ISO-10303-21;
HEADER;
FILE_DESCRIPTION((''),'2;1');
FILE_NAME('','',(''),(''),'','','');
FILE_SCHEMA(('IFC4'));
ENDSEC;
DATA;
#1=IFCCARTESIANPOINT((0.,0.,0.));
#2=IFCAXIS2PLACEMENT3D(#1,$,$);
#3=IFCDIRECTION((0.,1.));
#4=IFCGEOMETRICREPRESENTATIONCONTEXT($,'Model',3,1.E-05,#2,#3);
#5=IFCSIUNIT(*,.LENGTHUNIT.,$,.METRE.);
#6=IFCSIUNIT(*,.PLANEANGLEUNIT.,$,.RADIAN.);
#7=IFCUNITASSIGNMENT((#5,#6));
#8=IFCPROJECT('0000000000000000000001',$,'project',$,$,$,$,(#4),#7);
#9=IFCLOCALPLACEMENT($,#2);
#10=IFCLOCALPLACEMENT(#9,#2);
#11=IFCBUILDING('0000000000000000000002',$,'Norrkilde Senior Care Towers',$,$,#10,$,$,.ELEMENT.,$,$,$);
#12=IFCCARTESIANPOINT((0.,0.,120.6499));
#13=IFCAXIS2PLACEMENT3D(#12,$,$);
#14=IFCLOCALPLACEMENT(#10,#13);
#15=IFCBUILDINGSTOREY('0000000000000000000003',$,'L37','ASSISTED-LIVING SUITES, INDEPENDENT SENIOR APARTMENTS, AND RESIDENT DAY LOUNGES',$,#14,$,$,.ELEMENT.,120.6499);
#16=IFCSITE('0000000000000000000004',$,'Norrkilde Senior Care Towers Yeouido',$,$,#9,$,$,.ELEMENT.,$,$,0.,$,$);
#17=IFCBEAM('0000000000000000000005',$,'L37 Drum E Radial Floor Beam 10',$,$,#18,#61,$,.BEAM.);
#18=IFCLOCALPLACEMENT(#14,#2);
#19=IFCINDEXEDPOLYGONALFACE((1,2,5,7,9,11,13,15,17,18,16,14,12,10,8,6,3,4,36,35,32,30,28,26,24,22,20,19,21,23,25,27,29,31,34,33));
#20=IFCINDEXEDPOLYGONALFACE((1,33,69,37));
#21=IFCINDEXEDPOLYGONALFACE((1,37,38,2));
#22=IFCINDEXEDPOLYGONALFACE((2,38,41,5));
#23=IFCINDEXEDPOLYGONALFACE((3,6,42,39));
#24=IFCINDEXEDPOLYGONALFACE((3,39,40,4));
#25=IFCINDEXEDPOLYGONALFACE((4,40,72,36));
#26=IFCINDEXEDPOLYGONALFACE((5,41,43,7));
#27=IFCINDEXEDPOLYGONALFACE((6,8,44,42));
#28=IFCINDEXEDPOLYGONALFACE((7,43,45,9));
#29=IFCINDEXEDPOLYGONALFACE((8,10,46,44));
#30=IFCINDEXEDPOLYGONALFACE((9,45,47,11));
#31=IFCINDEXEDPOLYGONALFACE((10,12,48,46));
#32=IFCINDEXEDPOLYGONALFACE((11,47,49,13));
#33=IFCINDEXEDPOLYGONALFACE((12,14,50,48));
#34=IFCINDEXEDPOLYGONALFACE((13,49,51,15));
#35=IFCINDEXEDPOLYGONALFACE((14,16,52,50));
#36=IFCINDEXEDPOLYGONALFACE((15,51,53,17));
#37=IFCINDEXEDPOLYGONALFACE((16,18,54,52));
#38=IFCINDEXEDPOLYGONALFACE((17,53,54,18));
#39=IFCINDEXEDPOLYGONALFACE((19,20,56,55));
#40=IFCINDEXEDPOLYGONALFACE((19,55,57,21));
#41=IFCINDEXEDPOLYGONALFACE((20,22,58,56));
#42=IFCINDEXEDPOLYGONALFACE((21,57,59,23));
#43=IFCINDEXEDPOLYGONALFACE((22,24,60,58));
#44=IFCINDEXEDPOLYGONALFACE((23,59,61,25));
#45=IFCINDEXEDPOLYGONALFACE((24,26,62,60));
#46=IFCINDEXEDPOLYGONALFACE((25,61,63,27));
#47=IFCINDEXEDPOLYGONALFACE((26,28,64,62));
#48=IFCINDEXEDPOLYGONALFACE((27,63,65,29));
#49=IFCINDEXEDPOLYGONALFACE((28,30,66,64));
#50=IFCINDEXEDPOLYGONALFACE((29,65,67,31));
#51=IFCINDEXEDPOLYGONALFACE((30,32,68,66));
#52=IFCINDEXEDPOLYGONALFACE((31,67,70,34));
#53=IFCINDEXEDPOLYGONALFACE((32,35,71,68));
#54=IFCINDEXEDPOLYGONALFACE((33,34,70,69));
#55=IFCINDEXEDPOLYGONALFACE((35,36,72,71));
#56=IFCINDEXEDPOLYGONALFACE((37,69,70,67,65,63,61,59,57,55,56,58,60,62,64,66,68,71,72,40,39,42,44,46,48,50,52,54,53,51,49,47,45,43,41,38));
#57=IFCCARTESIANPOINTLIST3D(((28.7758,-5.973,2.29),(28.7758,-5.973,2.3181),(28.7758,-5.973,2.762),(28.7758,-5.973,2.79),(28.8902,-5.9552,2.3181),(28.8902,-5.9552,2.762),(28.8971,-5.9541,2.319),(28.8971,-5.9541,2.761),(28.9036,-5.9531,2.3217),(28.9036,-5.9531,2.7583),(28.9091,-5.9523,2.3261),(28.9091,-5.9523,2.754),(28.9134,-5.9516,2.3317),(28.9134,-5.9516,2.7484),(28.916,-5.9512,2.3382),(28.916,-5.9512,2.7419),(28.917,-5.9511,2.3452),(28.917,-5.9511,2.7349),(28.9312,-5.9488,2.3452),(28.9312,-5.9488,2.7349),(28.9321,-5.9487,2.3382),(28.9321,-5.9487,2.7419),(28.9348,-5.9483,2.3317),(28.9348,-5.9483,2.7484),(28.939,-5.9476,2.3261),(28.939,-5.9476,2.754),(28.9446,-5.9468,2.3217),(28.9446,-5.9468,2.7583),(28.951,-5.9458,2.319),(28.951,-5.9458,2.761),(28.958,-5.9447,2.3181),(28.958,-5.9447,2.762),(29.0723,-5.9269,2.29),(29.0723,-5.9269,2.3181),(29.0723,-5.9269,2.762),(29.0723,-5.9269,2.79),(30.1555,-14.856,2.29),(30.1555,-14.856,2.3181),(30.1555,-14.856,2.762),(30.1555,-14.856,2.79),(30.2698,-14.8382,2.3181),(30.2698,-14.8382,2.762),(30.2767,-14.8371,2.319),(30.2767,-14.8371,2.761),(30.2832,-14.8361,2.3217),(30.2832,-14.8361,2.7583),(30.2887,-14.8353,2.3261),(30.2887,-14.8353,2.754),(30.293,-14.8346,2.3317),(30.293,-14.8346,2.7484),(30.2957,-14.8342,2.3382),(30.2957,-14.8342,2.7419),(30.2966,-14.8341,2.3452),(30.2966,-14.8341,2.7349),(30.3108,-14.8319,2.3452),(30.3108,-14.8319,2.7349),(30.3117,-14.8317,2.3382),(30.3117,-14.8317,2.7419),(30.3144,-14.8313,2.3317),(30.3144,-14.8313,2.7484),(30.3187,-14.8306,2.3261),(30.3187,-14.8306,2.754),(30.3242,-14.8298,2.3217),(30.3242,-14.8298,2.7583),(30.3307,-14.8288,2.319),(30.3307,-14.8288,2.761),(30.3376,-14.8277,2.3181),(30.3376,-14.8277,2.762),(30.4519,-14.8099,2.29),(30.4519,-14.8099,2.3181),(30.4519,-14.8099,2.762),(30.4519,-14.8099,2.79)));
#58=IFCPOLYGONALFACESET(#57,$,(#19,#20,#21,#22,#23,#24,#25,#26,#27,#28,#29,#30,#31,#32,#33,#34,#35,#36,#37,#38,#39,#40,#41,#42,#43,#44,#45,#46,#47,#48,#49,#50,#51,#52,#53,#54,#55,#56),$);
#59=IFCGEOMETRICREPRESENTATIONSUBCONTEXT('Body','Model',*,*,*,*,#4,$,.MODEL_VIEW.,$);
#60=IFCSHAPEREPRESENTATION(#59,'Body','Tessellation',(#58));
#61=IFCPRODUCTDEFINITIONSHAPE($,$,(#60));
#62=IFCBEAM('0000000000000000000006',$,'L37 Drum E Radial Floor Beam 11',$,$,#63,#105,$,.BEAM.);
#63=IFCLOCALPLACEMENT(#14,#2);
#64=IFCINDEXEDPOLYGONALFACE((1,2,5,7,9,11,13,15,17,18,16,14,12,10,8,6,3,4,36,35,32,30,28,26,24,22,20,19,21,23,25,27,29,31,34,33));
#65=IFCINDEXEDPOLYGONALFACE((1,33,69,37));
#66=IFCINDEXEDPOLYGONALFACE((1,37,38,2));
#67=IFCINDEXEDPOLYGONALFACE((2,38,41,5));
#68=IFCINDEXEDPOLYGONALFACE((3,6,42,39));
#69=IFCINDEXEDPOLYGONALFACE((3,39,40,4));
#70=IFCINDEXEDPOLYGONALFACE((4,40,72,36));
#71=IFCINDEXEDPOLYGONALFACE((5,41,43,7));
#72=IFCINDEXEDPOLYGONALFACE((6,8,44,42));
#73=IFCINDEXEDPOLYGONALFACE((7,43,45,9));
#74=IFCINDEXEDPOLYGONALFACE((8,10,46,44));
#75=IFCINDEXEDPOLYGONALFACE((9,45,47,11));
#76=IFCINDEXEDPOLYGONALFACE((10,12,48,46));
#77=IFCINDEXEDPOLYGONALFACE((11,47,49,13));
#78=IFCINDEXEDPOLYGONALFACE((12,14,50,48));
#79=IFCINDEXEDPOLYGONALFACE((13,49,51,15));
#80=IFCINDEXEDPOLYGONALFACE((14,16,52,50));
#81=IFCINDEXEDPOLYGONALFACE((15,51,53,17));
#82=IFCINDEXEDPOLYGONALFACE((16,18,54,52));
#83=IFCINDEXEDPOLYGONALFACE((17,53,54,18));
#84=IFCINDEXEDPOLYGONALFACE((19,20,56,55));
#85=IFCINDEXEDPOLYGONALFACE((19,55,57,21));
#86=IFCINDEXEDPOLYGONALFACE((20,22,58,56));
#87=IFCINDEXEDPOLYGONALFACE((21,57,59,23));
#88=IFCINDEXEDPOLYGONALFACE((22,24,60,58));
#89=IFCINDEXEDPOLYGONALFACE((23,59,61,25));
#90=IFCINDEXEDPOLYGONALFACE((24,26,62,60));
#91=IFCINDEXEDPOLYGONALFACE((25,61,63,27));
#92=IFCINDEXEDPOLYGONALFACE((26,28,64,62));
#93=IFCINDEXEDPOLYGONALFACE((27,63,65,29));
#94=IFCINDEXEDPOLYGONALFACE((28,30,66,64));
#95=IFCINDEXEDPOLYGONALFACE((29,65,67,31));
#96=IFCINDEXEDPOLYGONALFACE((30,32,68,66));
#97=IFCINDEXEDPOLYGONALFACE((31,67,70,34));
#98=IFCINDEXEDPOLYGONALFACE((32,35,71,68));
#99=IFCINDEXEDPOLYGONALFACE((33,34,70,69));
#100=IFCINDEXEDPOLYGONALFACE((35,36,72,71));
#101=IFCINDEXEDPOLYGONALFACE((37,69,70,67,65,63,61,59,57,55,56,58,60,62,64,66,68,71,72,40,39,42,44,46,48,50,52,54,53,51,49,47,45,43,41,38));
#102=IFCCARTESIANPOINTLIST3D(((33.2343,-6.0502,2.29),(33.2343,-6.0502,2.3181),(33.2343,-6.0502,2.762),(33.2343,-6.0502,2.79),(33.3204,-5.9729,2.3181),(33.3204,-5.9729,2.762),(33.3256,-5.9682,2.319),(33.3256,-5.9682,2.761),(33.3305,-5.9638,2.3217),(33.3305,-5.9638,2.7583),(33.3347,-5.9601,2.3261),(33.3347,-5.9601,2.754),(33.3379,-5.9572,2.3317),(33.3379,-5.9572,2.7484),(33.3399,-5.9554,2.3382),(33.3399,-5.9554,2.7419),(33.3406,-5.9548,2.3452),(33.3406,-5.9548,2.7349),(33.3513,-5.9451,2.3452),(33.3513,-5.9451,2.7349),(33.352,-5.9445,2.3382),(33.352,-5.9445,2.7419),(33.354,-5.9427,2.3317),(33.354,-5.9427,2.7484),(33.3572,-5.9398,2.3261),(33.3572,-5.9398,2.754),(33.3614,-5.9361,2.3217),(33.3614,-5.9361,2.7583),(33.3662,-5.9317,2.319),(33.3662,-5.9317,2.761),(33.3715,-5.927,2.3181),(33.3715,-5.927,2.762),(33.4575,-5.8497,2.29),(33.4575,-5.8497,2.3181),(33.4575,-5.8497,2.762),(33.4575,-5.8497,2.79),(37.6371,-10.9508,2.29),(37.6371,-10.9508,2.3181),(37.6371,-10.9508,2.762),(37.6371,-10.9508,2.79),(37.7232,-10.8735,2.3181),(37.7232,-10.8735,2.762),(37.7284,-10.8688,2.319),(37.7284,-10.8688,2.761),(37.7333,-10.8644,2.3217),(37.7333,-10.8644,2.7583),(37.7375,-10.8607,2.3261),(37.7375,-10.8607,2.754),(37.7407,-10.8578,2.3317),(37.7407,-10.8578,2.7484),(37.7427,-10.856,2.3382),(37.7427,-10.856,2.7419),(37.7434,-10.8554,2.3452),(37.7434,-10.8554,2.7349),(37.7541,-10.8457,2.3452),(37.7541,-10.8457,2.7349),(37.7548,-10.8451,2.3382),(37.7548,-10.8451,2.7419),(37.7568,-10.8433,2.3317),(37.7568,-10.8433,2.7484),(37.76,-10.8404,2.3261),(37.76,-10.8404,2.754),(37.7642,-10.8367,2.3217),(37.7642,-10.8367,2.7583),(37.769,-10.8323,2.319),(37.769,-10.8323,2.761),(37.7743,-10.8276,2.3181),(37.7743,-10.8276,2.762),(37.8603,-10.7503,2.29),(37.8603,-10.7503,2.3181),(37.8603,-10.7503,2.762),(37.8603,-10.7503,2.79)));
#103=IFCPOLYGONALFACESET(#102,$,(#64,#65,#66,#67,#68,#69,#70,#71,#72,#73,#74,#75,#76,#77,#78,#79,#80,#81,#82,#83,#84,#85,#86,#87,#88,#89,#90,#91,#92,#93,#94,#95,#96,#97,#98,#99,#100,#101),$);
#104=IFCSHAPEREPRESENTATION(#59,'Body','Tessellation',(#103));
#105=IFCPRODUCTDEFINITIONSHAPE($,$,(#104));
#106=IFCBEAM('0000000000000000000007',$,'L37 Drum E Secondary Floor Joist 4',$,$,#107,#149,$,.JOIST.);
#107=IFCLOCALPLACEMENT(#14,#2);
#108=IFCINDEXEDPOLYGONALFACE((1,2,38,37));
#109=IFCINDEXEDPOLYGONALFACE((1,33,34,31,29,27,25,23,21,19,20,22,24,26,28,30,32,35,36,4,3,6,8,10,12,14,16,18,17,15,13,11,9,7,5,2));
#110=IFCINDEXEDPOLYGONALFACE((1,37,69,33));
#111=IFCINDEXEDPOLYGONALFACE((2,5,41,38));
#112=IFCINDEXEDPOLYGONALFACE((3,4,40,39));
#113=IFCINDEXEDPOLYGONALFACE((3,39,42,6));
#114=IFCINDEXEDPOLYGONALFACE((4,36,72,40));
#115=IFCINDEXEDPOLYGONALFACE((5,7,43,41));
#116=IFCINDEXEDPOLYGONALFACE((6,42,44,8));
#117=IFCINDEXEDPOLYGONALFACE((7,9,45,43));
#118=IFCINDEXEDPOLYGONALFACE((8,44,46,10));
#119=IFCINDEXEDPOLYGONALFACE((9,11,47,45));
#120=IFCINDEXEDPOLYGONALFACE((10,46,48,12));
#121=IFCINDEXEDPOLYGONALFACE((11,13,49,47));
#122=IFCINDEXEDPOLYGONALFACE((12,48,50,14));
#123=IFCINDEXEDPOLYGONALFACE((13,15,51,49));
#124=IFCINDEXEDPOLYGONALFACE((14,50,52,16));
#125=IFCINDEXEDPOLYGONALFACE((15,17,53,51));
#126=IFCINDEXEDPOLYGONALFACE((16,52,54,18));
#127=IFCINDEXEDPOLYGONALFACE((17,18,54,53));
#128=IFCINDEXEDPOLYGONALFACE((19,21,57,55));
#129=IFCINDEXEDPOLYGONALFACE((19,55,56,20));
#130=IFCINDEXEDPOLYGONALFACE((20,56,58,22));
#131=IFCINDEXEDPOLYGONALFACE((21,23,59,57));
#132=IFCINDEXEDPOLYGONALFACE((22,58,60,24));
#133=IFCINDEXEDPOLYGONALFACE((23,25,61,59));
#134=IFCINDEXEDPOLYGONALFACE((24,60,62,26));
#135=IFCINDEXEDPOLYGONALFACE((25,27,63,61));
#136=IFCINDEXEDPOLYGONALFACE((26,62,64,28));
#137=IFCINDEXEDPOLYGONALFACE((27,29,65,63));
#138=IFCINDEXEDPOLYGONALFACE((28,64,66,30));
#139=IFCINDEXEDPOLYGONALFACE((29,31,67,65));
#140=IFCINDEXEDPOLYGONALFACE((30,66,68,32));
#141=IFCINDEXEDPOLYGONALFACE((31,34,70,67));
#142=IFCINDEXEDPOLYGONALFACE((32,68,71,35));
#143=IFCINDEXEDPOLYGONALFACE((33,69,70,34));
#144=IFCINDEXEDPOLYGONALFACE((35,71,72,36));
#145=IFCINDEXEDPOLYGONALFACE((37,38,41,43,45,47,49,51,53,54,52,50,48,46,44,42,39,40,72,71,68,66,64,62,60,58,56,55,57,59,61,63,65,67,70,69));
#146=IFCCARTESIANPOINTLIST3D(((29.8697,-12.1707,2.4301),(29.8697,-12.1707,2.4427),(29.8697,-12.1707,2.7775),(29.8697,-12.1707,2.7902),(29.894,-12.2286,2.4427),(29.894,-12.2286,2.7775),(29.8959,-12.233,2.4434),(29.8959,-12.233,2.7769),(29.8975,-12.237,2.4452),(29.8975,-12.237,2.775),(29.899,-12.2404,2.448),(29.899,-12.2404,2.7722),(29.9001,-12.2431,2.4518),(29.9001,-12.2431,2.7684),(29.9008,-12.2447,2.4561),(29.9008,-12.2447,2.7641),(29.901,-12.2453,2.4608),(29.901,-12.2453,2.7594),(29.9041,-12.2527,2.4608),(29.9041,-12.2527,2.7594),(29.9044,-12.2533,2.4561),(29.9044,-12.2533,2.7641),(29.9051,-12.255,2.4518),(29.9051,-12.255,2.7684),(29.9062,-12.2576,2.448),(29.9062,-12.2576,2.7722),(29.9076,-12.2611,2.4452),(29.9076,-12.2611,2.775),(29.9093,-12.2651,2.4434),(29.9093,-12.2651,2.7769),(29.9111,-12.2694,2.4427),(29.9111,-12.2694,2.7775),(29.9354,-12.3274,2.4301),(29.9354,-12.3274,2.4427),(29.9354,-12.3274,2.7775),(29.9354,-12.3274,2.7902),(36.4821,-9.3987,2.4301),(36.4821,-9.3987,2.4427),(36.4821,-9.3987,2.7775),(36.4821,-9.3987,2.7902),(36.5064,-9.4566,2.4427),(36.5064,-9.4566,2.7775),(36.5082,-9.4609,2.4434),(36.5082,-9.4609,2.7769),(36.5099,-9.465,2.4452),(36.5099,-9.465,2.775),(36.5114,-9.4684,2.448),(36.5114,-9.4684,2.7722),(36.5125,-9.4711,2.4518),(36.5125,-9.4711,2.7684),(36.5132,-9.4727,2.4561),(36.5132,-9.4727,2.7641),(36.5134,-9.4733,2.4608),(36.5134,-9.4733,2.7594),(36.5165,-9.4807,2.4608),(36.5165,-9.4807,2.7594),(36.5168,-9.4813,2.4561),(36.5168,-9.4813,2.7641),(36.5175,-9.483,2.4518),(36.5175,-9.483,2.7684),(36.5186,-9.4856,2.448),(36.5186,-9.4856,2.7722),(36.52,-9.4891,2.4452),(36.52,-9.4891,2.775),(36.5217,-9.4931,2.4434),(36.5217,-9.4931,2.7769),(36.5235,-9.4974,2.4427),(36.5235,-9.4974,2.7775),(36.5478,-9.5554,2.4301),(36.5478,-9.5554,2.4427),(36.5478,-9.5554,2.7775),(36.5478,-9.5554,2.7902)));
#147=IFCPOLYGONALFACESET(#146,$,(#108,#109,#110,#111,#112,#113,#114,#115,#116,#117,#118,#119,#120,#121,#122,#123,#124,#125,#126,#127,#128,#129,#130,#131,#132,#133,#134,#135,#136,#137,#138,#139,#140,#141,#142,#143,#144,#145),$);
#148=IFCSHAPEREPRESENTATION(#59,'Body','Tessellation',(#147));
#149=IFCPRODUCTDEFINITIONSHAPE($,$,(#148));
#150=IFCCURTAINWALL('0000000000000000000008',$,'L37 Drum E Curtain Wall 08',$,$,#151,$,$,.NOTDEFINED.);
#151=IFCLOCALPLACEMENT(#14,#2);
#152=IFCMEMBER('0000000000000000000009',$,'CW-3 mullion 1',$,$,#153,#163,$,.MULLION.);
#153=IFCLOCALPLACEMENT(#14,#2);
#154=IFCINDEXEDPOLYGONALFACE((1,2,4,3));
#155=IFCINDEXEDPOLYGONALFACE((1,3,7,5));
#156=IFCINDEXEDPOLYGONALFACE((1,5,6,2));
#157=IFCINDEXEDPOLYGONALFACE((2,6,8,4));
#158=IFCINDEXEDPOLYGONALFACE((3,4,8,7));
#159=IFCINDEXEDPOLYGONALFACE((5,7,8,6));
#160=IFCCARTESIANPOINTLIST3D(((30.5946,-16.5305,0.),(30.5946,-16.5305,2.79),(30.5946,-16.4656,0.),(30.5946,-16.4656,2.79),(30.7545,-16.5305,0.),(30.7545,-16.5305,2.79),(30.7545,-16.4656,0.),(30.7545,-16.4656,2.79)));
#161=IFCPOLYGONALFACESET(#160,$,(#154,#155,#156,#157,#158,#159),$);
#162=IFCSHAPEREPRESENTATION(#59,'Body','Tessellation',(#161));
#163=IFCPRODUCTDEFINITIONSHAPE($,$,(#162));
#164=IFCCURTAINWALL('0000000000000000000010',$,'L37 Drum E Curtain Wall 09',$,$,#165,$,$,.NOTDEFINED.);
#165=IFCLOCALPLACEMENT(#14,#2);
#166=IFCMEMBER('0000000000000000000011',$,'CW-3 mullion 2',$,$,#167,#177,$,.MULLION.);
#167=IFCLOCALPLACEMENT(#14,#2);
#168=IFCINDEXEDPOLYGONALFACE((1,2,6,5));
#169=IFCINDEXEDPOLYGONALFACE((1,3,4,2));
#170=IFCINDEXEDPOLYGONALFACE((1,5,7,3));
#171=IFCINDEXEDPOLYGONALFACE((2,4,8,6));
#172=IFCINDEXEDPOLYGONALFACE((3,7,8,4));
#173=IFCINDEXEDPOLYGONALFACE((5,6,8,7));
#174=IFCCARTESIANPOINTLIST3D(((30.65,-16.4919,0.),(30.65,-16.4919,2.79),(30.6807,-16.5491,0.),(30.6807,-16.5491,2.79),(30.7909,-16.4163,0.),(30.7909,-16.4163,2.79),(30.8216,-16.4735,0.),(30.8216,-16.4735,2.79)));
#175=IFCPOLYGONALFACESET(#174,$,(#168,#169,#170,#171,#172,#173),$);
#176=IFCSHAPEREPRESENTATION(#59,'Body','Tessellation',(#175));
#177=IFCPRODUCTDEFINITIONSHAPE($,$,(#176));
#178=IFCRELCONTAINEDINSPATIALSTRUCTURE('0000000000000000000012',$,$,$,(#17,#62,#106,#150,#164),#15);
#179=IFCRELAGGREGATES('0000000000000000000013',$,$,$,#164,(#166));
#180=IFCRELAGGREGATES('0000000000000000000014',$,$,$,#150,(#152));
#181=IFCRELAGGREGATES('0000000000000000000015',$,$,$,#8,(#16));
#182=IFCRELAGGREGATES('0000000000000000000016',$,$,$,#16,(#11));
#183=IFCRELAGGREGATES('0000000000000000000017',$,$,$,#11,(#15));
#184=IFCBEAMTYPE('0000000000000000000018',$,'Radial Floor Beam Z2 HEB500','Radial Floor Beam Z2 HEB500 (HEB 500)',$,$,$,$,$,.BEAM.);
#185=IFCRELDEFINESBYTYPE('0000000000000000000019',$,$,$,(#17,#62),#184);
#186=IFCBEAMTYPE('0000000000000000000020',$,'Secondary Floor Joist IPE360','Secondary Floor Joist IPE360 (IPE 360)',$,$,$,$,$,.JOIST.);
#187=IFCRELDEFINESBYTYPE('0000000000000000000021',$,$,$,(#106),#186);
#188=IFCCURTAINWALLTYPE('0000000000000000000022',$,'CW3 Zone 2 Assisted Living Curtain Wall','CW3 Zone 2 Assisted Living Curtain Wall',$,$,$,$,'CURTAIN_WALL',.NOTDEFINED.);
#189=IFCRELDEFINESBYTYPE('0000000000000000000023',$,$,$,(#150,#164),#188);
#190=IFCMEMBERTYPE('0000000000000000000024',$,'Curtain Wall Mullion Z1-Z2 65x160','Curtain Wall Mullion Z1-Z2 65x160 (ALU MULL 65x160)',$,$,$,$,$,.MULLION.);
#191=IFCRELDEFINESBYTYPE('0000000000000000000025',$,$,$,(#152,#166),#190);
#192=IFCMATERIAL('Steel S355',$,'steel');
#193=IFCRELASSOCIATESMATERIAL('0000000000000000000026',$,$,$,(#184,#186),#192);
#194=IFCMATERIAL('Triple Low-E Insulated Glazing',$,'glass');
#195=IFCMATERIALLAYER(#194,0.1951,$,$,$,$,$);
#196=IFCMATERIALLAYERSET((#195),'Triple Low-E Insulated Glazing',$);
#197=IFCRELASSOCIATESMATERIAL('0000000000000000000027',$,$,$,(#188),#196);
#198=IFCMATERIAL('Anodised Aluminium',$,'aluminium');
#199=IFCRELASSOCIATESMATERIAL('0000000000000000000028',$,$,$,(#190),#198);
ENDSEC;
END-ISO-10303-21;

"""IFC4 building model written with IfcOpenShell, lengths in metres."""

from ifc_helpers import new_model, si_unit, direction, frame, origin, origin_2d, place, context, subcontext, project, spatial, rectangle, i_section, extrude, source, transform, mapped, material, layer, layer_set, material_profile, profile_set, type_object, type_shapes, element, aggregate, save


model = new_model("IFC4")

# Units and contexts
model_context = context("Model", 3, precision=1e-05, world=origin(), true_north=direction((0.0, 1.0)))
body_context = subcontext(model_context, "Body", "Model", "MODEL_VIEW")
ifc_project = project(units=[si_unit("LENGTHUNIT", "METRE"), si_unit("PLANEANGLEUNIT", "RADIAN")], contexts=[model_context])

# Site, building, storey
site_placement = place(None, origin())
site = spatial("IfcSite", under=ifc_project, at=site_placement, Name="Norrkilde Senior Care Towers Yeouido", CompositionType="ELEMENT", RefElevation=0.0)
building_placement = place(site_placement, origin())
building = spatial("IfcBuilding", under=site, at=building_placement, Name="Norrkilde Senior Care Towers", CompositionType="ELEMENT")
storey_placement = place(building_placement, frame((0.0, 0.0, 120.6499)))
storey = spatial("IfcBuildingStorey", under=building, at=storey_placement, Name="L37", Description="ASSISTED-LIVING SUITES, INDEPENDENT SENIOR APARTMENTS, AND RESIDENT DAY LOUNGES", CompositionType="ELEMENT", Elevation=120.6499)

# Beams
ifc_material_1 = material(Name="Steel S355", Category="steel")
ifc_material_profile_1 = material_profile(ifc_material_1, i_section(OverallWidth=0.3, OverallDepth=0.5, WebThickness=0.0144, FlangeThickness=0.0281, FilletRadius=0.0271, at=origin_2d()), Name="HEB 500")
ifc_profile_set_1 = profile_set([ifc_material_profile_1], Name="Steel S355")
beam_type_1 = type_object("IfcBeamType", Name="Radial Floor Beam Z2 HEB500", Description="Radial Floor Beam Z2 HEB500 (HEB 500)", PredefinedType="BEAM", material=ifc_profile_set_1)
shared_shape_1 = source(origin(), body_context, "Body", "SweptSolid", [
    extrude(i_section(OverallWidth=0.3, OverallDepth=0.5, WebThickness=0.0144, FlangeThickness=0.0281, FilletRadius=0.0271, at=origin_2d()), origin(), (0.0, 0.0, 1.0), 8.9895),
])
beam_1_placement = place(storey_placement, frame((28.9241, -5.95, 2.54), z_axis=(0.153471, -0.988153, 0.0), x_axis=(0.988153, 0.153471, 0.0)))
element("IfcBeam", 1, at=beam_1_placement, inside=storey, type_object=beam_type_1, Name="L37 Drum E Radial Floor Beam 10", PredefinedType="BEAM", context=body_context, shape_type="MappedRepresentation", body=[
    mapped(shared_shape_1, transform((0.0, 0.0, 0.0), x_axis=(1.0, 0.0, 0.0), y_axis=(0.0, 1.0, 0.0), z_axis=(0.0, 0.0, 1.0), scale=1.0)),
])
shared_shape_2 = source(origin(), body_context, "Body", "SweptSolid", [
    extrude(i_section(OverallWidth=0.3, OverallDepth=0.5, WebThickness=0.0144, FlangeThickness=0.0281, FilletRadius=0.0271, at=origin_2d()), origin(), (0.0, 0.0, 1.0), 6.5879),
])
beam_2_placement = place(storey_placement, frame((33.3459, -5.95, 2.54), z_axis=(0.668315, -0.743878, 0.0), x_axis=(0.743878, 0.668315, 0.0)))
element("IfcBeam", 2, at=beam_2_placement, inside=storey, type_object=beam_type_1, Name="L37 Drum E Radial Floor Beam 11", PredefinedType="BEAM", context=body_context, shape_type="MappedRepresentation", body=[
    mapped(shared_shape_2, transform((0.0, 0.0, 0.0), x_axis=(1.0, 0.0, 0.0), y_axis=(0.0, 1.0, 0.0), z_axis=(0.0, 0.0, 1.0), scale=1.0)),
])
ifc_material_profile_2 = material_profile(ifc_material_1, i_section(OverallWidth=0.1699, OverallDepth=0.3601, WebThickness=0.0081, FlangeThickness=0.0127, FilletRadius=0.0181, at=origin_2d()), Name="IPE 360")
ifc_profile_set_2 = profile_set([ifc_material_profile_2], Name="Steel S355")
beam_type_2 = type_object("IfcBeamType", Name="Secondary Floor Joist IPE360", Description="Secondary Floor Joist IPE360 (IPE 360)", PredefinedType="JOIST", material=ifc_profile_set_2)
shared_shape_3 = source(origin(), body_context, "Body", "SweptSolid", [
    extrude(i_section(OverallWidth=0.1699, OverallDepth=0.3601, WebThickness=0.0081, FlangeThickness=0.0127, FilletRadius=0.0181, at=origin_2d()), origin(), (0.0, 0.0, 1.0), 7.1699),
])
type_shapes(beam_type_2, [shared_shape_3])
beam_3_placement = place(storey_placement, frame((29.9026, -12.249, 2.6101), z_axis=(0.922241, 0.386616, 0.0), x_axis=(-0.386616, 0.922241, 0.0)))
element("IfcBeam", 3, at=beam_3_placement, inside=storey, type_object=beam_type_2, Name="L37 Drum E Secondary Floor Joist 4", PredefinedType="JOIST", context=body_context, shape_type="MappedRepresentation", body=[
    mapped(shared_shape_3, transform((0.0, 0.0, 0.0), x_axis=(1.0, 0.0, 0.0), y_axis=(0.0, 1.0, 0.0), z_axis=(0.0, 0.0, 1.0), scale=1.0)),
])

# Curtain walls, members
ifc_material_2 = material(Name="Triple Low-E Insulated Glazing", Category="glass")
ifc_layer_1 = layer(ifc_material_2, 0.1951)
ifc_layer_set_1 = layer_set([ifc_layer_1], Name="Triple Low-E Insulated Glazing")
curtain_wall_type = type_object("IfcCurtainWallType", Name="CW3 Zone 2 Assisted Living Curtain Wall", Description="CW3 Zone 2 Assisted Living Curtain Wall", ElementType="CURTAIN_WALL", PredefinedType="NOTDEFINED", material=ifc_layer_set_1)
curtain_wall_1_placement = place(storey_placement, origin())
curtain_wall_1 = element("IfcCurtainWall", 4, at=curtain_wall_1_placement, inside=storey, type_object=curtain_wall_type, Name="L37 Drum E Curtain Wall 08", PredefinedType="NOTDEFINED")
ifc_material_3 = material(Name="Anodised Aluminium", Category="aluminium")
ifc_material_profile_3 = material_profile(ifc_material_3, rectangle(XDim=0.0649, YDim=0.1599, at=origin_2d()), Name="ALU MULL 65x160")
ifc_profile_set_3 = profile_set([ifc_material_profile_3], Name="Anodised Aluminium")
member_type_1 = type_object("IfcMemberType", Name="Curtain Wall Mullion Z1-Z2 65x160", Description="Curtain Wall Mullion Z1-Z2 65x160 (ALU MULL 65x160)", PredefinedType="MULLION", material=ifc_profile_set_3)
shared_shape_4 = source(origin(), body_context, "Body", "SweptSolid", [
    extrude(rectangle(XDim=0.0649, YDim=0.1599, at=origin_2d()), origin(), (0.0, 0.0, 1.0), 2.79),
])
type_shapes(member_type_1, [shared_shape_4])
member_1_placement = place(storey_placement, frame((30.6746, -16.498, 0.0), z_axis=(0.0, 0.0, 1.0), x_axis=(0.0, -1.0, 0.0)))
member_1 = element("IfcMember", 5, at=member_1_placement, type_object=member_type_1, Name="CW-3 mullion 1", PredefinedType="MULLION", context=body_context, shape_type="MappedRepresentation", body=[
    mapped(shared_shape_4, transform((0.0, 0.0, 0.0), x_axis=(1.0, 0.0, 0.0), y_axis=(0.0, 1.0, 0.0), z_axis=(0.0, 0.0, 1.0), scale=1.0)),
])
curtain_wall_2_placement = place(storey_placement, origin())
curtain_wall_2 = element("IfcCurtainWall", 6, at=curtain_wall_2_placement, inside=storey, type_object=curtain_wall_type, Name="L37 Drum E Curtain Wall 09", PredefinedType="NOTDEFINED")
member_2_placement = place(storey_placement, frame((30.7358, -16.4827, 0.0), z_axis=(0.0, 0.0, 1.0), x_axis=(0.472769, -0.881186, 0.0)))
member_2 = element("IfcMember", 7, at=member_2_placement, type_object=member_type_1, Name="CW-3 mullion 2", PredefinedType="MULLION", context=body_context, shape_type="MappedRepresentation", body=[
    mapped(shared_shape_4, transform((0.0, 0.0, 0.0), x_axis=(1.0, 0.0, 0.0), y_axis=(0.0, 1.0, 0.0), z_axis=(0.0, 0.0, 1.0), scale=1.0)),
])

aggregate(curtain_wall_2, [member_2])
aggregate(curtain_wall_1, [member_1])

save(model, "model.ifc")
